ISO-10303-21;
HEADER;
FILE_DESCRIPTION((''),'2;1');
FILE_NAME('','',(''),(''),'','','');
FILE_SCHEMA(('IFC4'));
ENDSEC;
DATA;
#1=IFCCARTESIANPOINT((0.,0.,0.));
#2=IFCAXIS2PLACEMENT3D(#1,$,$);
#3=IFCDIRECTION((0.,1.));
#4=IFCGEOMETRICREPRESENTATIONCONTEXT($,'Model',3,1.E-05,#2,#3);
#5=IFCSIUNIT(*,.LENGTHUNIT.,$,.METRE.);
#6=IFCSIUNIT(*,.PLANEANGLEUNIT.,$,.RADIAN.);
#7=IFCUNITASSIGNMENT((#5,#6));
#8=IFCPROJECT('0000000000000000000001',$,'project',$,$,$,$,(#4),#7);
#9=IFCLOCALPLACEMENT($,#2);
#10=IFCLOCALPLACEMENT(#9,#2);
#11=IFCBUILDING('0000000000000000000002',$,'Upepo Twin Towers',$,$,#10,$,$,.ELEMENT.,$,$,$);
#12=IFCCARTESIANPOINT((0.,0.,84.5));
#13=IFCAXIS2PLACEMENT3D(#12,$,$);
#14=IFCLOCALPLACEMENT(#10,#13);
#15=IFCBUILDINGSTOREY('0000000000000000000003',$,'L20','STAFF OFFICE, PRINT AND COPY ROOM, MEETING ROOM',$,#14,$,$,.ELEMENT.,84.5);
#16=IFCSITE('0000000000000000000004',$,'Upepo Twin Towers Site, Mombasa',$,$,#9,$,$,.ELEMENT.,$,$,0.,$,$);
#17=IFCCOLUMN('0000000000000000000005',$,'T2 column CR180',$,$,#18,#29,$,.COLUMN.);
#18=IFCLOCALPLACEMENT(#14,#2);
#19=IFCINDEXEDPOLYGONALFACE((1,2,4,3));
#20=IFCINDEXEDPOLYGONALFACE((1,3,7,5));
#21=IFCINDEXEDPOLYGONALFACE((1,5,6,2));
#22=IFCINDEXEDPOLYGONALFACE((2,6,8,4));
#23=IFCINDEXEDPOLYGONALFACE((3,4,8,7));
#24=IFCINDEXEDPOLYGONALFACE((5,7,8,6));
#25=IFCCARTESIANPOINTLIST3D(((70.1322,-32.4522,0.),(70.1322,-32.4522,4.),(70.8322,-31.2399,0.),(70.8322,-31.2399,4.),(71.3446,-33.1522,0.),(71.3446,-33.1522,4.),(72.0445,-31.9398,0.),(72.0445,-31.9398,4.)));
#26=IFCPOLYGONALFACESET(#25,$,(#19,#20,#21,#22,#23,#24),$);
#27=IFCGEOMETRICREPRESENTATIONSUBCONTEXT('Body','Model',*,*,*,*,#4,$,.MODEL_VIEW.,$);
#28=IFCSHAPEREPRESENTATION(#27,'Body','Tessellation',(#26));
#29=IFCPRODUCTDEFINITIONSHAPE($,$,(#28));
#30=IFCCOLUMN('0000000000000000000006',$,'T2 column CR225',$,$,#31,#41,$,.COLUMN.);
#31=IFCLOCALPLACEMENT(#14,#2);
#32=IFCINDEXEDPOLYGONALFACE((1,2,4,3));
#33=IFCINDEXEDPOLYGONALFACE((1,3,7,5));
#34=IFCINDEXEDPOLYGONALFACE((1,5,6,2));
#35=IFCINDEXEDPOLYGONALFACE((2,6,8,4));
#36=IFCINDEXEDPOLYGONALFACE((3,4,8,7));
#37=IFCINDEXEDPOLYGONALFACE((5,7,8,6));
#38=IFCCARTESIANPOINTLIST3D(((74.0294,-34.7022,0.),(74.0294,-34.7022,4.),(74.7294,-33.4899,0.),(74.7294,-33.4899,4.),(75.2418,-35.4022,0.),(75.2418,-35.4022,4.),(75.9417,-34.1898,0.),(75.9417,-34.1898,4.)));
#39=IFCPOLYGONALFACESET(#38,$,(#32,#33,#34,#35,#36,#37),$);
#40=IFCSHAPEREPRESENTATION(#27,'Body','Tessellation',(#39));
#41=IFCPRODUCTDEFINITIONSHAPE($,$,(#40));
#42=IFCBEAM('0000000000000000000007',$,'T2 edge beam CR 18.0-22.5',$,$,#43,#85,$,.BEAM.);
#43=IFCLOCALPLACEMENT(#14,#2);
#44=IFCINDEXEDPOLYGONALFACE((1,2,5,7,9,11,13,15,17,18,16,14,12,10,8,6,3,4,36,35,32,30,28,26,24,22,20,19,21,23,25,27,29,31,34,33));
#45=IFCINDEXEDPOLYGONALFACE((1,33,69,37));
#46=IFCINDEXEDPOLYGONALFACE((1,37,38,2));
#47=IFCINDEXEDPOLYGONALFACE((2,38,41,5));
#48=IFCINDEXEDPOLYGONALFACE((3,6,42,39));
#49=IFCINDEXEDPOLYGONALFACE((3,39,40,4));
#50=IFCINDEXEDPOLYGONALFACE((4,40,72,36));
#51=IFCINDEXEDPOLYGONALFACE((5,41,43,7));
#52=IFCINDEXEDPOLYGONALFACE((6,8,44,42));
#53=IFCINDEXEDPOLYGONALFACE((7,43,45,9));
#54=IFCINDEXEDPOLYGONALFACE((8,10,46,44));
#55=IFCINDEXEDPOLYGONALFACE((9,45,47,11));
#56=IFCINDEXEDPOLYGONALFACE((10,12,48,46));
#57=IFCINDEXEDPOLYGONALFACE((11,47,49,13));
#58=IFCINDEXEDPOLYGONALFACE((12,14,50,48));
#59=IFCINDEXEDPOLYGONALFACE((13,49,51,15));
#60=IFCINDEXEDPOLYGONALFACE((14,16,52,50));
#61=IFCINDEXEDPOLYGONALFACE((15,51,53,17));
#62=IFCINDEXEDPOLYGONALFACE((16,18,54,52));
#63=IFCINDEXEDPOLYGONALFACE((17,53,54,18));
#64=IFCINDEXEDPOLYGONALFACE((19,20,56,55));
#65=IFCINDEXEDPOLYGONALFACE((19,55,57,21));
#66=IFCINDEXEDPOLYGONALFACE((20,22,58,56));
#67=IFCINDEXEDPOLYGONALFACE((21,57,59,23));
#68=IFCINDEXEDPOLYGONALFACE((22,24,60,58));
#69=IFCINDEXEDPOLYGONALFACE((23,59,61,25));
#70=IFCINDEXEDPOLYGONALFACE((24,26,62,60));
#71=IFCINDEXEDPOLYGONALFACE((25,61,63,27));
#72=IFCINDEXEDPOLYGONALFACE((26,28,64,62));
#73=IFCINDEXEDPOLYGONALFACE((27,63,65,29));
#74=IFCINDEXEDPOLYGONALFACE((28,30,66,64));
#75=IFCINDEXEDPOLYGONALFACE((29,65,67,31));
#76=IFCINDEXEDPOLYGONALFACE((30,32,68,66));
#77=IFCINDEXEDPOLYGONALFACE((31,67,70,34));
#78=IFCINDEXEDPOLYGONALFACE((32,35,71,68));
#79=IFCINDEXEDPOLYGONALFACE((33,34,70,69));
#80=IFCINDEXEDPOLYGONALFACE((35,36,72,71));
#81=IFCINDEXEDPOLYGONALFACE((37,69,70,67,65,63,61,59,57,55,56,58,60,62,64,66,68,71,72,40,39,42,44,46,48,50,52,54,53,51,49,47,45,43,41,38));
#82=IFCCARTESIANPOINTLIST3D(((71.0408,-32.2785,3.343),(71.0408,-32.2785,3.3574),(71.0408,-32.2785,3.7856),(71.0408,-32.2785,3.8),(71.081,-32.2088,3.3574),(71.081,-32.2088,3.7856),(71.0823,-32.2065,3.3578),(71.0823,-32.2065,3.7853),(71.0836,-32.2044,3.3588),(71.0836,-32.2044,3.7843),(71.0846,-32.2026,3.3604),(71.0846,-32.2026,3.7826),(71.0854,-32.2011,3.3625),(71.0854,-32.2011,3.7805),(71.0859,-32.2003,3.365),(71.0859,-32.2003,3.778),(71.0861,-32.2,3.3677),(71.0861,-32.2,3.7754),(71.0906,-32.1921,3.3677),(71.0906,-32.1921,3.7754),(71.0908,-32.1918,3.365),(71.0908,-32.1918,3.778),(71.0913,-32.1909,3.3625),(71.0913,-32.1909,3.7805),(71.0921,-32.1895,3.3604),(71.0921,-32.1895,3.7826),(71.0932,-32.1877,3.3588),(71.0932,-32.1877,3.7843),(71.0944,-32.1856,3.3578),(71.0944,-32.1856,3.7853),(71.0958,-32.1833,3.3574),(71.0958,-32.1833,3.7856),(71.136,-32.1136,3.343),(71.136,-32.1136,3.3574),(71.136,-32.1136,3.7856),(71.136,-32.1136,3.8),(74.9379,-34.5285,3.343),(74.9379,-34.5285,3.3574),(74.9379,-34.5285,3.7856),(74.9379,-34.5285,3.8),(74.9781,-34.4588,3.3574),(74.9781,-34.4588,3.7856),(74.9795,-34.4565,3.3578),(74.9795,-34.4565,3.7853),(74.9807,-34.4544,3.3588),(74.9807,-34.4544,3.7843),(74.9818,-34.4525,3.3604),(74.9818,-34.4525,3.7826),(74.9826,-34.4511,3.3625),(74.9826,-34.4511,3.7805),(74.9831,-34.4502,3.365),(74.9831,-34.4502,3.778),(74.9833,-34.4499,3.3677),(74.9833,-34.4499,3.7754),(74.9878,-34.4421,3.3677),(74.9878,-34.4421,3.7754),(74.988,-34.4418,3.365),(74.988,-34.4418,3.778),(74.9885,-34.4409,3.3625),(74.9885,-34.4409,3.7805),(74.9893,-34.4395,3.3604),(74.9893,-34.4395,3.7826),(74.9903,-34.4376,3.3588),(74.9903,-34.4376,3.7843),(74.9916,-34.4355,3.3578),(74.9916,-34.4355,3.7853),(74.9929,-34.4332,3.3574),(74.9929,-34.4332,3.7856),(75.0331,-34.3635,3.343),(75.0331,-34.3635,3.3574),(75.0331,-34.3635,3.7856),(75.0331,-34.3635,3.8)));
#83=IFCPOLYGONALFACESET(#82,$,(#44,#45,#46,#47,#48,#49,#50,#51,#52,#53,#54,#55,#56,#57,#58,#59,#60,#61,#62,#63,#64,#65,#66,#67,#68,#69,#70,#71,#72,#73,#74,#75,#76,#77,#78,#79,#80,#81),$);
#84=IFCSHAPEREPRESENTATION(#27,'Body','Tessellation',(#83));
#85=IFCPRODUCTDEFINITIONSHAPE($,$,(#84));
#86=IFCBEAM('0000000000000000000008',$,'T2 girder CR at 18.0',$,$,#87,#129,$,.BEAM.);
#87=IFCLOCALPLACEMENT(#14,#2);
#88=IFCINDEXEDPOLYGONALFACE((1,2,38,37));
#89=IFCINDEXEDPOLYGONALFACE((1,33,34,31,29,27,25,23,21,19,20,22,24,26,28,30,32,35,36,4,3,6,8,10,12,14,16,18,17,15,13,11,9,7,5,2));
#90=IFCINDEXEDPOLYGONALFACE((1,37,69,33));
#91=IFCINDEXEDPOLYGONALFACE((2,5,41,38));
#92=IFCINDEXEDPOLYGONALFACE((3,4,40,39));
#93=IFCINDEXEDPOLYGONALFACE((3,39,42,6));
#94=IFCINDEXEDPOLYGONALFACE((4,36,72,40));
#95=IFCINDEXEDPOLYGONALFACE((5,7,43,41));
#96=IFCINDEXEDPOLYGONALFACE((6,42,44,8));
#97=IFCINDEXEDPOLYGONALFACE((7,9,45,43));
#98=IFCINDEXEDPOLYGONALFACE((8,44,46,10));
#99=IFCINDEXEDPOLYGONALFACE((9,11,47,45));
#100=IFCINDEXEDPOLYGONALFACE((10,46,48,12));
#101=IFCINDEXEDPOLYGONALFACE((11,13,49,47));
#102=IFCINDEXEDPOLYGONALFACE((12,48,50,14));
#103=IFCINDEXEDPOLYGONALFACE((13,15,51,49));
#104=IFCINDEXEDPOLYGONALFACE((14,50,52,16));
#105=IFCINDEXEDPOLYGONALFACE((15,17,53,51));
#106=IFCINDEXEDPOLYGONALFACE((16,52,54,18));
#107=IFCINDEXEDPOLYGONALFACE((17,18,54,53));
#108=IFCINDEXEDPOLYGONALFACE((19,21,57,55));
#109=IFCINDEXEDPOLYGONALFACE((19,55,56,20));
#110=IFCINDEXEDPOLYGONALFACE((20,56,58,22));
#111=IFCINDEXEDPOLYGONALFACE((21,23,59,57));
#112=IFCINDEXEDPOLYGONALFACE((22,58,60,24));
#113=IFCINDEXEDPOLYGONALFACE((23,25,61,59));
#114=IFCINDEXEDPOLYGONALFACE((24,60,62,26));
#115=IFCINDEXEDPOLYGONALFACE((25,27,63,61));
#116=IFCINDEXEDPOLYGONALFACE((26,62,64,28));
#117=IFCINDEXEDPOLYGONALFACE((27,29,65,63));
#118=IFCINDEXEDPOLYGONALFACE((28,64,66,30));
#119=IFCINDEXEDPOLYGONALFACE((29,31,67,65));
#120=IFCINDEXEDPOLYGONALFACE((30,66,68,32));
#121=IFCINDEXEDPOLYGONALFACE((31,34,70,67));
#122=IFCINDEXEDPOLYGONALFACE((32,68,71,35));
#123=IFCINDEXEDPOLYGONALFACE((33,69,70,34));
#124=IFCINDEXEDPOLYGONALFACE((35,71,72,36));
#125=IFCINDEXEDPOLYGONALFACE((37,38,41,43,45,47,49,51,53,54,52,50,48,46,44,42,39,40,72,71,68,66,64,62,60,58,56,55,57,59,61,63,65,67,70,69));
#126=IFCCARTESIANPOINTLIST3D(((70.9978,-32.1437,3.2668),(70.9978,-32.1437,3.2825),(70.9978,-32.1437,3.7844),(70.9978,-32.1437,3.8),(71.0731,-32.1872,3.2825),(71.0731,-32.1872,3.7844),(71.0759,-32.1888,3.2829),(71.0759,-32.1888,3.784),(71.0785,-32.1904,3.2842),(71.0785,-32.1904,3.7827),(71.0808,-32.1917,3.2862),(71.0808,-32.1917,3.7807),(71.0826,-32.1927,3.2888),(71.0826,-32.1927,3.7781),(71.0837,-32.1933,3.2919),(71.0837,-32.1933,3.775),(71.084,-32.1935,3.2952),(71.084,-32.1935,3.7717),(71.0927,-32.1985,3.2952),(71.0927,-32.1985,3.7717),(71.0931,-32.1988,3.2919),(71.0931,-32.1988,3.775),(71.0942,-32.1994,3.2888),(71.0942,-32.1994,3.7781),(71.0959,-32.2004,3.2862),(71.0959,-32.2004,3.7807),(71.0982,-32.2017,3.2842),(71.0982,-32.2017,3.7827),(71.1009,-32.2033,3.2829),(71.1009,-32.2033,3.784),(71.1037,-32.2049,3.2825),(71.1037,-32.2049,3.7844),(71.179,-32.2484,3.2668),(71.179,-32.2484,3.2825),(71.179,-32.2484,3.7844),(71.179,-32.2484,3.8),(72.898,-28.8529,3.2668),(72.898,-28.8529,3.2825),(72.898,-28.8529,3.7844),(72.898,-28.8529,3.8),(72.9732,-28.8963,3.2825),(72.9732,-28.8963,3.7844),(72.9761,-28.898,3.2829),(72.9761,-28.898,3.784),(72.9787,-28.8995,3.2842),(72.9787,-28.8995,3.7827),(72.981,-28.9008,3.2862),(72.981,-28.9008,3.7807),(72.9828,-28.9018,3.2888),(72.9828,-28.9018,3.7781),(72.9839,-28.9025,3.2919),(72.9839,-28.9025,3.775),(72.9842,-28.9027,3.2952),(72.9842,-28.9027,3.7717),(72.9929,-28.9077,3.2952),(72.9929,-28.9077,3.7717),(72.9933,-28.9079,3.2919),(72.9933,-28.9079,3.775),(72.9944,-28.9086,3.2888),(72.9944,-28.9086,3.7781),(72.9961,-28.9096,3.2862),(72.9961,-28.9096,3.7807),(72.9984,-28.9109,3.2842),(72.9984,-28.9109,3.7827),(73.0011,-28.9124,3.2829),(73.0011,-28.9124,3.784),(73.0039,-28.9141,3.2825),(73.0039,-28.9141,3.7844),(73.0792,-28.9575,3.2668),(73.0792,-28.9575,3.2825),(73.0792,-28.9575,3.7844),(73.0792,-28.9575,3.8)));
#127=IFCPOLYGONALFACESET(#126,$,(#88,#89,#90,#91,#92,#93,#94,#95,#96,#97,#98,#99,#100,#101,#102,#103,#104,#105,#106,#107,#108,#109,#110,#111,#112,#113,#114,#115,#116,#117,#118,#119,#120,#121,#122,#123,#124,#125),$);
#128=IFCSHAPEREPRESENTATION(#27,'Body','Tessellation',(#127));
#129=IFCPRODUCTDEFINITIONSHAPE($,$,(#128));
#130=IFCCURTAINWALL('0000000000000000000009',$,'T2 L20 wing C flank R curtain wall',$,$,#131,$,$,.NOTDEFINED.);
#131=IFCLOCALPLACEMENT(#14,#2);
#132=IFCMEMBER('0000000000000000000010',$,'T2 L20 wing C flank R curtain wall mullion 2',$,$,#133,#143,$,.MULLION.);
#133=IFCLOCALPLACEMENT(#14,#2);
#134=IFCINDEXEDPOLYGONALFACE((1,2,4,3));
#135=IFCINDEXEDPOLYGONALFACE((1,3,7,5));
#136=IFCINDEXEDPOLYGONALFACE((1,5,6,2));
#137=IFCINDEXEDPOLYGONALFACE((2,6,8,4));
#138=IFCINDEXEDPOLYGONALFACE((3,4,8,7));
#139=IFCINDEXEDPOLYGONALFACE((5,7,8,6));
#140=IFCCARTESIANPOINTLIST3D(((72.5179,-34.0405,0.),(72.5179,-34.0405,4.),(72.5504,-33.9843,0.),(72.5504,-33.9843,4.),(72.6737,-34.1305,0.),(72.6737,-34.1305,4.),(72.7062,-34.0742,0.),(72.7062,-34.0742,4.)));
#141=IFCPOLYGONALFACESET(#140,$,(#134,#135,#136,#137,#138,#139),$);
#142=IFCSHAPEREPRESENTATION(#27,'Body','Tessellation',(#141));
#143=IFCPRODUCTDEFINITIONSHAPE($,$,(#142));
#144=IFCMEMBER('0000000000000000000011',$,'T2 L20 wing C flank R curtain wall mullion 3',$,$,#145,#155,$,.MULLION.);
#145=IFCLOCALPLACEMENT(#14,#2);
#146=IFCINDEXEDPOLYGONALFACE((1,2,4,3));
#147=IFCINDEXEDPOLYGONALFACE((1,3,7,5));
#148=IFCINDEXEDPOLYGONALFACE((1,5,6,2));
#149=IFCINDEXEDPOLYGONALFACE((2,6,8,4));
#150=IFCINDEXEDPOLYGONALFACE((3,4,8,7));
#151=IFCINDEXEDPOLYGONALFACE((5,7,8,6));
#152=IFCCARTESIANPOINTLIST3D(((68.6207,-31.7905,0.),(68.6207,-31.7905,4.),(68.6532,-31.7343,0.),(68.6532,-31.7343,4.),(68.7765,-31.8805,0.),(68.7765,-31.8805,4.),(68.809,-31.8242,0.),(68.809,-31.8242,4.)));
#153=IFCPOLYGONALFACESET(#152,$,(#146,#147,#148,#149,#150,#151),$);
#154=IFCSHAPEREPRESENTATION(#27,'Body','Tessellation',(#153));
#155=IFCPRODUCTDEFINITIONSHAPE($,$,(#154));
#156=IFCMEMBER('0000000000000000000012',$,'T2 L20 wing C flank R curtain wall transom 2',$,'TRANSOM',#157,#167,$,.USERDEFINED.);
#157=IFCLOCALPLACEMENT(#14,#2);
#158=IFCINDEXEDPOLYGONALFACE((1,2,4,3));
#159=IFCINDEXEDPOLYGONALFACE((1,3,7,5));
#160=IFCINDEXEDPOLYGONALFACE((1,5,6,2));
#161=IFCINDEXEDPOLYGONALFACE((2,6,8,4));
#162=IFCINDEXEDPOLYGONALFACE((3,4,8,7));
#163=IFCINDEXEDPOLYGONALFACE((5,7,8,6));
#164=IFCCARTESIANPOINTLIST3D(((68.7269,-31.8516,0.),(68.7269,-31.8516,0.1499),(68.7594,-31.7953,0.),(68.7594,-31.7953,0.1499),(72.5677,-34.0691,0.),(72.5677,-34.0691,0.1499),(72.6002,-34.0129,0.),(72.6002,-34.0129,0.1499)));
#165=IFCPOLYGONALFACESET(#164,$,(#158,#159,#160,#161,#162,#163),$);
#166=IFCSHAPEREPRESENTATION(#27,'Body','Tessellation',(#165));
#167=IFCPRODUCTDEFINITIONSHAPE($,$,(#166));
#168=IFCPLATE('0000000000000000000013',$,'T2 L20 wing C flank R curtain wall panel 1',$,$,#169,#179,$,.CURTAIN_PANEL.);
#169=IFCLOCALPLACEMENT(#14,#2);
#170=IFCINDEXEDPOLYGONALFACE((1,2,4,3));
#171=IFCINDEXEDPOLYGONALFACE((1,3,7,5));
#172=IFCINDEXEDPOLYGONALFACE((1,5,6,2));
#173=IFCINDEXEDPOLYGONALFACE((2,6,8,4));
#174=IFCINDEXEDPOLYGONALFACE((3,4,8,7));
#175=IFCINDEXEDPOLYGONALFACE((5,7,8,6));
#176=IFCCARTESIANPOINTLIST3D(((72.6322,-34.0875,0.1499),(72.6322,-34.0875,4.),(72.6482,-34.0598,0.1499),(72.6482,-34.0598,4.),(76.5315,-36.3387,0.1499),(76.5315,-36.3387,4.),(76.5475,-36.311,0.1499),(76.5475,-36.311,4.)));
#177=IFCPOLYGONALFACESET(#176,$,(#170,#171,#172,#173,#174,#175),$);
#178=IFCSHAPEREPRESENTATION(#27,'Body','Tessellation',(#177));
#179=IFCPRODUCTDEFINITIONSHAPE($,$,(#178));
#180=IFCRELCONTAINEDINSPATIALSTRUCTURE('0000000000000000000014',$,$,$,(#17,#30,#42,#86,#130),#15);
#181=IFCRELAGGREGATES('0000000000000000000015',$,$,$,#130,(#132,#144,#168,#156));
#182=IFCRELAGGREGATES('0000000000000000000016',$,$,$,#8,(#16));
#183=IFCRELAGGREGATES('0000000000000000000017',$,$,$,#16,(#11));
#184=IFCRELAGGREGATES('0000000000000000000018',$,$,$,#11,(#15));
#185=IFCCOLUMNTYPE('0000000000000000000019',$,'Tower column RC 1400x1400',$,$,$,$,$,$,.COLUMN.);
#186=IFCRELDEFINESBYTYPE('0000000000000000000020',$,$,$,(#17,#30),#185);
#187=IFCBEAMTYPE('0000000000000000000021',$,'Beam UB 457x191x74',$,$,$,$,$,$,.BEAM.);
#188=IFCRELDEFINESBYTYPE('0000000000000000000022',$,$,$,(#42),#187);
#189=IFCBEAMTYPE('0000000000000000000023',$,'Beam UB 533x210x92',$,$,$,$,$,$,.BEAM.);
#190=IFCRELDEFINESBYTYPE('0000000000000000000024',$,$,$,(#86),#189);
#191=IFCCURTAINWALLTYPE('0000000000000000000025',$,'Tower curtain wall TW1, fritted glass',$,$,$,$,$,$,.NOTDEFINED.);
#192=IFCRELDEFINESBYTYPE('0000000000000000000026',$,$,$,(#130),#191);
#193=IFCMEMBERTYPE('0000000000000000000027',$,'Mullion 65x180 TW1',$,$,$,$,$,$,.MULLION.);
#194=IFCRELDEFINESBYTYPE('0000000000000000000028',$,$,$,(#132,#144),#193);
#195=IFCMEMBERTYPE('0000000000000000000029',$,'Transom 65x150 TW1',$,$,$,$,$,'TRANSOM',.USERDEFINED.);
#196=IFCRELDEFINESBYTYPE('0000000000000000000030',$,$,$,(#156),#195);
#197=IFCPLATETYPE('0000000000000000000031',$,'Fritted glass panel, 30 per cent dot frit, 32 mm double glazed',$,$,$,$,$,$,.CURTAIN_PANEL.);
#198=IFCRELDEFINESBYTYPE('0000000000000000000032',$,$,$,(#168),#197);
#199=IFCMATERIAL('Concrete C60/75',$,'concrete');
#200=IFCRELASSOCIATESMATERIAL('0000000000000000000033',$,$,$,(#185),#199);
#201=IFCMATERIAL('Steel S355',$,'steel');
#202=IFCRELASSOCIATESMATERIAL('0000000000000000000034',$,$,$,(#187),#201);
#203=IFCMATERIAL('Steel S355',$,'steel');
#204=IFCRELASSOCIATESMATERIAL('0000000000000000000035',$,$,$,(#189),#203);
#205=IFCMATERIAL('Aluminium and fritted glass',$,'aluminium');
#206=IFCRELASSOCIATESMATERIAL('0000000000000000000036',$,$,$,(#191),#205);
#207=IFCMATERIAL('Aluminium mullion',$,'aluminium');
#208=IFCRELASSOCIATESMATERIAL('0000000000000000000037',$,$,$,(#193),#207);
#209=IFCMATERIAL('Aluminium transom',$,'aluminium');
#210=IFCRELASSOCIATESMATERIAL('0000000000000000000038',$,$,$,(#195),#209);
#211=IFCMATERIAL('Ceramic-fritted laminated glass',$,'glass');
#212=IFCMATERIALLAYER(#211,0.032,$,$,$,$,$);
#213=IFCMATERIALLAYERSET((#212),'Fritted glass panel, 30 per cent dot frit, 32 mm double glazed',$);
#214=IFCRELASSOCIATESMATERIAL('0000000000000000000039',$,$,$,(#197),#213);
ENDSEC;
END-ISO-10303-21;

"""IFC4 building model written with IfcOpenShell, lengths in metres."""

from ifc_helpers import new_model, si_unit, direction, frame, origin, origin_2d, place, context, subcontext, project, spatial, rectangle, i_section, extrude, material, layer, layer_set, material_profile, profile_set, type_object, element, aggregate, save


model = new_model("IFC4")

# Units and contexts
model_context = context("Model", 3, precision=1e-05, world=origin(), true_north=direction((0.0, 1.0)))
body_context = subcontext(model_context, "Body", "Model", "MODEL_VIEW")
ifc_project = project(units=[si_unit("LENGTHUNIT", "METRE"), si_unit("PLANEANGLEUNIT", "RADIAN")], contexts=[model_context])

# Site, building, storey
site_placement = place(None, origin())
site = spatial("IfcSite", under=ifc_project, at=site_placement, Name="Upepo Twin Towers Site, Mombasa", CompositionType="ELEMENT", RefElevation=0.0)
building_placement = place(site_placement, origin())
building = spatial("IfcBuilding", under=site, at=building_placement, Name="Upepo Twin Towers", CompositionType="ELEMENT")
storey_placement = place(building_placement, frame((0.0, 0.0, 84.5)))
storey = spatial("IfcBuildingStorey", under=building, at=storey_placement, Name="L20", Description="STAFF OFFICE, PRINT AND COPY ROOM, MEETING ROOM", CompositionType="ELEMENT", Elevation=84.5)

# Columns
ifc_material_1 = material(Name="Concrete C60/75", Category="concrete")
ifc_material_profile_1 = material_profile(ifc_material_1, rectangle(XDim=1.3999, YDim=1.3999, at=origin_2d()), Name="RC 1400x1400")
ifc_profile_set_1 = profile_set([ifc_material_profile_1], Name="Concrete C60/75")
column_type = type_object("IfcColumnType", Name="Tower column RC 1400x1400", PredefinedType="COLUMN", material=ifc_profile_set_1)
for number, where, z_axis, x_axis, name in (
    (1, (71.0884, -32.196, 0.0), (0.0, 0.0, 1.0), (0.5, 0.866025, 0.0), "T2 column CR180"),
    (2, (74.9856, -34.446, 0.0), (0.0, 0.0, 1.0), (0.5, 0.866025, 0.0), "T2 column CR225"),
):
    element("IfcColumn", number, at=place(storey_placement, frame(where, z_axis=z_axis, x_axis=x_axis)), inside=storey, type_object=column_type, Name=name, PredefinedType="COLUMN", context=body_context, shape_type="SweptSolid", body=[
        extrude(rectangle(XDim=1.3999, YDim=1.3999, at=origin_2d()), origin(), (0.0, 0.0, 1.0), 4.0),
    ])

# Beams
ifc_material_2 = material(Name="Steel S355", Category="steel")
ifc_material_profile_2 = material_profile(ifc_material_2, i_section(OverallWidth=0.1904, OverallDepth=0.457, WebThickness=0.009, FlangeThickness=0.0144, FilletRadius=0.0103, at=origin_2d()), Name="UB 457x191x74")
ifc_profile_set_2 = profile_set([ifc_material_profile_2], Name="Steel S355")
beam_type_1 = type_object("IfcBeamType", Name="Beam UB 457x191x74", PredefinedType="BEAM", material=ifc_profile_set_2)
beam_1_placement = place(storey_placement, frame((71.0884, -32.196, 3.5715), z_axis=(0.866031, -0.49999, 0.0), x_axis=(0.49999, 0.866031, 0.0)))
element("IfcBeam", 3, at=beam_1_placement, inside=storey, type_object=beam_type_1, Name="T2 edge beam CR 18.0-22.5", PredefinedType="BEAM", context=body_context, shape_type="SweptSolid", body=[
    extrude(i_section(OverallWidth=0.1904, OverallDepth=0.457, WebThickness=0.009, FlangeThickness=0.0144, FilletRadius=0.0103, at=origin_2d()), origin(), (0.0, 0.0, 1.0), 4.5),
])
ifc_material_3 = material(Name="Steel S355", Category="steel")
ifc_material_profile_3 = material_profile(ifc_material_3, i_section(OverallWidth=0.2092, OverallDepth=0.5332, WebThickness=0.01, FlangeThickness=0.0156, FilletRadius=0.0127, at=origin_2d()), Name="UB 533x210x92")
ifc_profile_set_3 = profile_set([ifc_material_profile_3], Name="Steel S355")
beam_type_2 = type_object("IfcBeamType", Name="Beam UB 533x210x92", PredefinedType="BEAM", material=ifc_profile_set_3)
beam_2_placement = place(storey_placement, frame((71.0884, -32.196, 3.5334), z_axis=(0.500043, 0.866, 0.0), x_axis=(-0.866, 0.500043, 0.0)))
element("IfcBeam", 4, at=beam_2_placement, inside=storey, type_object=beam_type_2, Name="T2 girder CR at 18.0", PredefinedType="BEAM", context=body_context, shape_type="SweptSolid", body=[
    extrude(i_section(OverallWidth=0.2092, OverallDepth=0.5332, WebThickness=0.01, FlangeThickness=0.0156, FilletRadius=0.0127, at=origin_2d()), origin(), (0.0, 0.0, 1.0), 3.8),
])

# Curtain wall, members, plate
ifc_material_4 = material(Name="Aluminium and fritted glass", Category="aluminium")
curtain_wall_type = type_object("IfcCurtainWallType", Name="Tower curtain wall TW1, fritted glass", PredefinedType="NOTDEFINED", material=ifc_material_4)
curtain_wall_placement = place(storey_placement, origin())
curtain_wall = element("IfcCurtainWall", 5, at=curtain_wall_placement, inside=storey, type_object=curtain_wall_type, Name="T2 L20 wing C flank R curtain wall", PredefinedType="NOTDEFINED")
ifc_material_5 = material(Name="Aluminium mullion", Category="aluminium")
ifc_material_profile_4 = material_profile(ifc_material_5, rectangle(XDim=0.0649, YDim=0.1799, at=origin_2d()), Name="MULLION 65x180")
ifc_profile_set_4 = profile_set([ifc_material_profile_4], Name="Aluminium mullion")
member_type_1 = type_object("IfcMemberType", Name="Mullion 65x180 TW1", PredefinedType="MULLION", material=ifc_profile_set_4)
member_1_placement = place(storey_placement, frame((72.6121, -34.0574, 0.0), z_axis=(0.0, 0.0, 1.0), x_axis=(-0.5, -0.866025, 0.0)))
member_1 = element("IfcMember", 6, at=member_1_placement, type_object=member_type_1, Name="T2 L20 wing C flank R curtain wall mullion 2", PredefinedType="MULLION", context=body_context, shape_type="SweptSolid", body=[
    extrude(rectangle(XDim=0.0649, YDim=0.1799, at=origin_2d()), origin(), (0.0, 0.0, 1.0), 4.0),
])
member_2_placement = place(storey_placement, frame((68.7148, -31.8074, 0.0), z_axis=(0.0, 0.0, 1.0), x_axis=(-0.5, -0.866025, 0.0)))
member_2 = element("IfcMember", 7, at=member_2_placement, type_object=member_type_1, Name="T2 L20 wing C flank R curtain wall mullion 3", PredefinedType="MULLION", context=body_context, shape_type="SweptSolid", body=[
    extrude(rectangle(XDim=0.0649, YDim=0.1799, at=origin_2d()), origin(), (0.0, 0.0, 1.0), 4.0),
])
ifc_material_6 = material(Name="Aluminium transom", Category="aluminium")
ifc_material_profile_5 = material_profile(ifc_material_6, rectangle(XDim=0.0649, YDim=0.1499, at=origin_2d()), Name="TRANSOM 65x150")
ifc_profile_set_5 = profile_set([ifc_material_profile_5], Name="Aluminium transom")
member_type_2 = type_object("IfcMemberType", Name="Transom 65x150 TW1", ElementType="TRANSOM", PredefinedType="USERDEFINED", material=ifc_profile_set_5)
member_3_placement = place(storey_placement, frame((72.584, -34.041, 0.075), z_axis=(-0.866022, 0.500005, 0.0), x_axis=(-0.500005, -0.866022, 0.0)))
member_3 = element("IfcMember", 8, at=member_3_placement, type_object=member_type_2, Name="T2 L20 wing C flank R curtain wall transom 2", ObjectType="TRANSOM", PredefinedType="USERDEFINED", context=body_context, shape_type="SweptSolid", body=[
    extrude(rectangle(XDim=0.0649, YDim=0.1499, at=origin_2d()), origin(), (0.0, 0.0, 1.0), 4.4351),
])
ifc_material_7 = material(Name="Ceramic-fritted laminated glass", Category="glass")
ifc_layer_1 = layer(ifc_material_7, 0.032)
ifc_layer_set_1 = layer_set([ifc_layer_1], Name="Fritted glass panel, 30 per cent dot frit, 32 mm double glazed")
plate_type = type_object("IfcPlateType", Name="Fritted glass panel, 30 per cent dot frit, 32 mm double glazed", PredefinedType="CURTAIN_PANEL", material=ifc_layer_set_1)
plate_1_placement = place(storey_placement, frame((74.5898, -35.1992, 0.1499), z_axis=(0.0, 0.0, 1.0), x_axis=(-0.866025, 0.5, 0.0)))
plate_1 = element("IfcPlate", 9, at=plate_1_placement, type_object=plate_type, Name="T2 L20 wing C flank R curtain wall panel 1", PredefinedType="CURTAIN_PANEL", context=body_context, shape_type="SweptSolid", body=[
    extrude(rectangle(XDim=4.5024, YDim=0.032, at=origin_2d()), origin(), (0.0, 0.0, 1.0), 3.8501),
])
aggregate(curtain_wall, [member_1, member_2, plate_1, member_3])

save(model, "model.ifc")
